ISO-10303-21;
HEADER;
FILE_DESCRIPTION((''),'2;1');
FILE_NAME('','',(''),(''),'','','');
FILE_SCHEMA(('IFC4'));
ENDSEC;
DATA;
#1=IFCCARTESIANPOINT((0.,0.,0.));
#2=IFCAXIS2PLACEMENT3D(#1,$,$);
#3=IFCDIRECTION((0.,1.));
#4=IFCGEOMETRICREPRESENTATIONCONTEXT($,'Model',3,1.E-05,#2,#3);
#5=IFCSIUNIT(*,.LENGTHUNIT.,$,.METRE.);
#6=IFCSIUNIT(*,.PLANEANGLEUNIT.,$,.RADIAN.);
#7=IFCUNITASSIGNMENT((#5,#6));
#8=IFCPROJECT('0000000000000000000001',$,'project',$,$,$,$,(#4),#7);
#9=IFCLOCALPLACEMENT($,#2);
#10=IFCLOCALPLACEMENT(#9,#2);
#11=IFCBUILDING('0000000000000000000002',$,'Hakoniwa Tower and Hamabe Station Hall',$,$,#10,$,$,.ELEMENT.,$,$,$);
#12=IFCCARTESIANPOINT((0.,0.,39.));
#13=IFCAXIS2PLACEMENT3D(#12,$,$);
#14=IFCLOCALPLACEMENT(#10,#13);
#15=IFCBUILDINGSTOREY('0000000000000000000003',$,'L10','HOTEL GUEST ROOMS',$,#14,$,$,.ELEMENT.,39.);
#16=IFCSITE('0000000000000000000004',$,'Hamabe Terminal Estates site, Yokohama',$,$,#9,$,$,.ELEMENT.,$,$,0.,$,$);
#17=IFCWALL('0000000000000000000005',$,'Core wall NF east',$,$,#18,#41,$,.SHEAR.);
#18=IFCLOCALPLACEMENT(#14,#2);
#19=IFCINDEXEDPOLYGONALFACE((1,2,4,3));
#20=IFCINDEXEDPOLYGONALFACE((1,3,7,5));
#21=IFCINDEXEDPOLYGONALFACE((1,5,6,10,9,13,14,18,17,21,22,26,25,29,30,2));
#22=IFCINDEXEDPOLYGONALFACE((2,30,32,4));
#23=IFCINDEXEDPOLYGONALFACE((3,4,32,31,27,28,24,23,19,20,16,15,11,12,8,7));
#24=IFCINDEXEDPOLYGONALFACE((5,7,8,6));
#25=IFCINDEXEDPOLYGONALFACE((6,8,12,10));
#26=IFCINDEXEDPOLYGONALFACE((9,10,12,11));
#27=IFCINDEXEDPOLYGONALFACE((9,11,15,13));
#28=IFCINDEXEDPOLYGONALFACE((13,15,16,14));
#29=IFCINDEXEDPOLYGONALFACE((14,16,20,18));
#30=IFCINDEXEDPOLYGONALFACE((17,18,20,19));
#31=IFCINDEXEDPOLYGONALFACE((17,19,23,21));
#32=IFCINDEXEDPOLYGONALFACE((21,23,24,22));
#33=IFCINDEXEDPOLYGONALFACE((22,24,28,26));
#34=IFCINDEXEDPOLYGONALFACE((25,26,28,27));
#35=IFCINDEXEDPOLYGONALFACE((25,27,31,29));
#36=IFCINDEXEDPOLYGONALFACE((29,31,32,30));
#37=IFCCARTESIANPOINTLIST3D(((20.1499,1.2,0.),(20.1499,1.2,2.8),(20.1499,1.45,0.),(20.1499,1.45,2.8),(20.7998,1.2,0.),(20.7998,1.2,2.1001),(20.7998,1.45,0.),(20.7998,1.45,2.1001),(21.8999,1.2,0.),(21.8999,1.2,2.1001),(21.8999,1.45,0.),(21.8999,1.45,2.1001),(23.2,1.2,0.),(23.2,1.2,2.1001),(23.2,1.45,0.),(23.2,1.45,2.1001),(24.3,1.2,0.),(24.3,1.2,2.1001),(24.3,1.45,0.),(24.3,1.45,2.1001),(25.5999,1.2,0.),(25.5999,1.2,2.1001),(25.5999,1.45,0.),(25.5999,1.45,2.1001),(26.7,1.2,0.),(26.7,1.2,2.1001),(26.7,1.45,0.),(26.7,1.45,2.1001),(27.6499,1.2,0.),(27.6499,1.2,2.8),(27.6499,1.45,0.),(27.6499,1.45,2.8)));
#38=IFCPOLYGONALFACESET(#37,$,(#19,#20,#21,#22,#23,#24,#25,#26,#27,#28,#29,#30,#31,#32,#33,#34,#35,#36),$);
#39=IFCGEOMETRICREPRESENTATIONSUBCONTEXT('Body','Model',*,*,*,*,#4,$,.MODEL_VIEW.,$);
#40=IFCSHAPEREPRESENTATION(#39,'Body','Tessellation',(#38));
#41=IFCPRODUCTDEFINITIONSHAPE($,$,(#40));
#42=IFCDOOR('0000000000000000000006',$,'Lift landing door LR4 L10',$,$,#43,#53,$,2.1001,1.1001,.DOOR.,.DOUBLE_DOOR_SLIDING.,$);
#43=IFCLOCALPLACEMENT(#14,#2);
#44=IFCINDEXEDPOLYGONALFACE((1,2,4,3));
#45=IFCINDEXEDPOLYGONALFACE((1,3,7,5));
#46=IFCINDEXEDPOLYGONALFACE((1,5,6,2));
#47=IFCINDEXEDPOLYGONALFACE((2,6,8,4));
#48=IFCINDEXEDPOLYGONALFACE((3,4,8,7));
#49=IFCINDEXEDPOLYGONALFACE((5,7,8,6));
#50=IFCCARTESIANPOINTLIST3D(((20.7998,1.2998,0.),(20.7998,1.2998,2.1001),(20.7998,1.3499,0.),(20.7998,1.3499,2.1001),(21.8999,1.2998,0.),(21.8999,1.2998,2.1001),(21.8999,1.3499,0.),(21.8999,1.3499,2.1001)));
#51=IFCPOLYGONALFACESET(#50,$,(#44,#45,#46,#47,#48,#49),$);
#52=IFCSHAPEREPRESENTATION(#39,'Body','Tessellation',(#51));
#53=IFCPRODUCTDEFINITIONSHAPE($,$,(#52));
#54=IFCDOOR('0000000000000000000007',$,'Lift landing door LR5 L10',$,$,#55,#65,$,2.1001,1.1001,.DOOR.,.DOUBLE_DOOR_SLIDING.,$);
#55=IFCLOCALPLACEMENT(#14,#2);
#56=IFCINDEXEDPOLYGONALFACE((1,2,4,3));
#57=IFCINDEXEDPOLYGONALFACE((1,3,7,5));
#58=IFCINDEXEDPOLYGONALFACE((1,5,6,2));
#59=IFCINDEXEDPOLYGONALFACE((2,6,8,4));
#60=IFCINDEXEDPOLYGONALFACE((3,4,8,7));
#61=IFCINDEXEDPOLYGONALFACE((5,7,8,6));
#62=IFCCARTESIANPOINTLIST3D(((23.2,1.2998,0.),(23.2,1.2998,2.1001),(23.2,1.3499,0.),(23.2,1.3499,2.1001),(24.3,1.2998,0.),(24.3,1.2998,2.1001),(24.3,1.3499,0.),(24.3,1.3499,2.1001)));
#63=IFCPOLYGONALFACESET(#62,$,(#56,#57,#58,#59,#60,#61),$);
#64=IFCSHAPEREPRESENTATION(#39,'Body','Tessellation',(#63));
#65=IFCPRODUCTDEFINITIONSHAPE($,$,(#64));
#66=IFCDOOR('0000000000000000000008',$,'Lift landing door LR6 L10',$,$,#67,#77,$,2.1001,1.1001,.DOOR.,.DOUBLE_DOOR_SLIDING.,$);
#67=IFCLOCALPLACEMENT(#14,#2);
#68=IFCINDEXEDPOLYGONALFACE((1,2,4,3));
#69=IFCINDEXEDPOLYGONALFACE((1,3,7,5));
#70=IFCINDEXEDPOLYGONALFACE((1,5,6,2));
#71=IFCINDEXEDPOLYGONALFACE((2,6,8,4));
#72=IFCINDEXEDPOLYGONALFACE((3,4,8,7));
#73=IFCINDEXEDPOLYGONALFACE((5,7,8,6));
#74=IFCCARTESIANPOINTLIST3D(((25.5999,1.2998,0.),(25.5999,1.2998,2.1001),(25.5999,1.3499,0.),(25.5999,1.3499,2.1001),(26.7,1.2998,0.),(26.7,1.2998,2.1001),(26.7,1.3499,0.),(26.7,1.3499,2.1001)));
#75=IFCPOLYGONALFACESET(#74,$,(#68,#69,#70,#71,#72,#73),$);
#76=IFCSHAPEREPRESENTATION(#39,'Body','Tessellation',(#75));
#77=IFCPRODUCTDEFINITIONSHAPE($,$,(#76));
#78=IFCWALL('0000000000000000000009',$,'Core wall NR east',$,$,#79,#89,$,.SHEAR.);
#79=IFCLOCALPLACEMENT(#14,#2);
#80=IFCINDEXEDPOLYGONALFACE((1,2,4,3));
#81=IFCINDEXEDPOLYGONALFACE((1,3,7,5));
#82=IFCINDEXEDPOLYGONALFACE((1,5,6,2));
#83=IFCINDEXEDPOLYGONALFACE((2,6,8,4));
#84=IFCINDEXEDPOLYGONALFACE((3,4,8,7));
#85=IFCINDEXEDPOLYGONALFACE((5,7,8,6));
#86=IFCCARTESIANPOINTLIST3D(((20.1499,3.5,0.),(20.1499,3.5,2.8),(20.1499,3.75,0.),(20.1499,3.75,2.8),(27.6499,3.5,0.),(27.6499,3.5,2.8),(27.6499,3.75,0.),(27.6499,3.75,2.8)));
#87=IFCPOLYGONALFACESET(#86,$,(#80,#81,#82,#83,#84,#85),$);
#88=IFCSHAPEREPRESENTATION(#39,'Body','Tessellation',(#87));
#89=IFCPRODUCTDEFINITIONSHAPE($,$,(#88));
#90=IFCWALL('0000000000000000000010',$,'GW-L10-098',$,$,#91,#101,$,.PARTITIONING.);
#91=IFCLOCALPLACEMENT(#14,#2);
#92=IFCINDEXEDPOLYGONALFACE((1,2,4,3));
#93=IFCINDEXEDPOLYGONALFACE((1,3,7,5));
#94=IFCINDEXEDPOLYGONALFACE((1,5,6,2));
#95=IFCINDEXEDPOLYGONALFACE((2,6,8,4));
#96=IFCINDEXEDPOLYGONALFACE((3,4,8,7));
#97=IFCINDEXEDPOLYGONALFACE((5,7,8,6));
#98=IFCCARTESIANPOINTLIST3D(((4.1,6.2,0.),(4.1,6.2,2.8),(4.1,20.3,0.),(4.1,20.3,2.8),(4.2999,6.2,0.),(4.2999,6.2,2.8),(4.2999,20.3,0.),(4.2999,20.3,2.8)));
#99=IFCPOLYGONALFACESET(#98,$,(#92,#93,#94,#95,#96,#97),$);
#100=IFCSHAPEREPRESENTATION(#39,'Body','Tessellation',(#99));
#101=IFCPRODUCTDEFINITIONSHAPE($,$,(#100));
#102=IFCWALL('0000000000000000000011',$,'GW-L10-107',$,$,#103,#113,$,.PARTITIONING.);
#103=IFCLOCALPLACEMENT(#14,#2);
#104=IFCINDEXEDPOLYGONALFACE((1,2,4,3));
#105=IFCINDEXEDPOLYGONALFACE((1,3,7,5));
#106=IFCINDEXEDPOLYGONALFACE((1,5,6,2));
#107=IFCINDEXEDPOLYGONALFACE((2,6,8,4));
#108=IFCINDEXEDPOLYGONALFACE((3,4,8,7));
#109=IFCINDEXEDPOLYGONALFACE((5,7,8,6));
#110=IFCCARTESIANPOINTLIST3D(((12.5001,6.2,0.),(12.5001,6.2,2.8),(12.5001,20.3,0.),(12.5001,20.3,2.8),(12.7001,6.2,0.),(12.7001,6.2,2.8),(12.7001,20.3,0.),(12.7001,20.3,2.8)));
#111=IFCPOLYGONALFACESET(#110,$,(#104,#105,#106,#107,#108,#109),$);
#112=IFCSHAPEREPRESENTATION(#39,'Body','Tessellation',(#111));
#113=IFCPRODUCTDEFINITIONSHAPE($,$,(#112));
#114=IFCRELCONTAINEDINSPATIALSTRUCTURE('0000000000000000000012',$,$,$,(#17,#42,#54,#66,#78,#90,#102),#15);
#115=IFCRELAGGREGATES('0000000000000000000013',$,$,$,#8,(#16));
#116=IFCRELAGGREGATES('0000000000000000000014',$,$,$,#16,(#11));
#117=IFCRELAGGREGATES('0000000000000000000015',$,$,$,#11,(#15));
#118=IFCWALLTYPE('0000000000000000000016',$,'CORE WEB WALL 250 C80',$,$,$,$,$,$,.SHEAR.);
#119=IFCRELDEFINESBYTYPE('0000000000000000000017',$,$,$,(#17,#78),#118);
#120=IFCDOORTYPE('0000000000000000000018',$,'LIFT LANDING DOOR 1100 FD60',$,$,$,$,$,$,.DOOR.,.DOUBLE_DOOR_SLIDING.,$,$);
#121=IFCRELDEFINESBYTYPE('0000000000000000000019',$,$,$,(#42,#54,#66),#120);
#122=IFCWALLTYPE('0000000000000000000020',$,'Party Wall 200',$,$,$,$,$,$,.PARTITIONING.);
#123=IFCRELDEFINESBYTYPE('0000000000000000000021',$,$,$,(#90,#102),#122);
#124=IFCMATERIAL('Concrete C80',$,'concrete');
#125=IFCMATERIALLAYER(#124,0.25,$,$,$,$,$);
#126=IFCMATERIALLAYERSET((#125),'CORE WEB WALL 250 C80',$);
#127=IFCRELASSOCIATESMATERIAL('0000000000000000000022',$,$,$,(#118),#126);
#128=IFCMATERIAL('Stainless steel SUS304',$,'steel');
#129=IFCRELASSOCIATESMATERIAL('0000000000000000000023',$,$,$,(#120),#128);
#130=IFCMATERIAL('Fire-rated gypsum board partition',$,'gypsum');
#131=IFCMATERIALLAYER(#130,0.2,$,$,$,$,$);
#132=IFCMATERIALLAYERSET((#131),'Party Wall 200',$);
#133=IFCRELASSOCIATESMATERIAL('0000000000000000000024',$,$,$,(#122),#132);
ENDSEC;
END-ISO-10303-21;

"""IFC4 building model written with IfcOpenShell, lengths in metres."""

from ifc_helpers import new_model, si_unit, direction, frame, frame_2d, origin, place, context, subcontext, project, spatial, rectangle, extrude, material, layer, layer_set, type_object, element, fill, save


model = new_model("IFC4")

# Units and contexts
model_context = context("Model", 3, precision=1e-05, world=origin(), true_north=direction((0.0, 1.0)))
body_context = subcontext(model_context, "Body", "Model", "MODEL_VIEW")
ifc_project = project(units=[si_unit("LENGTHUNIT", "METRE"), si_unit("PLANEANGLEUNIT", "RADIAN")], contexts=[model_context])

# Site, building, storey
site_placement = place(None, origin())
site = spatial("IfcSite", under=ifc_project, at=site_placement, Name="Hamabe Terminal Estates site, Yokohama", CompositionType="ELEMENT", RefElevation=0.0)
building_placement = place(site_placement, origin())
building = spatial("IfcBuilding", under=site, at=building_placement, Name="Hakoniwa Tower and Hamabe Station Hall", CompositionType="ELEMENT")
storey_placement = place(building_placement, frame((0.0, 0.0, 39.0)))
storey = spatial("IfcBuildingStorey", under=building, at=storey_placement, Name="L10", Description="HOTEL GUEST ROOMS", CompositionType="ELEMENT", Elevation=39.0)

# Shared definitions
ifc_material_1 = material(Name="Concrete C80", Category="concrete")
ifc_layer_1 = layer(ifc_material_1, 0.25)
ifc_layer_set_1 = layer_set([ifc_layer_1], Name="CORE WEB WALL 250 C80")
wall_type_1 = type_object("IfcWallType", Name="CORE WEB WALL 250 C80", PredefinedType="SHEAR", material=ifc_layer_set_1)

# Wall, openings, doors
wall_1_placement = place(storey_placement, frame((20.1499, 1.325, 0.0), z_axis=(0.0, 0.0, 1.0), x_axis=(1.0, 0.0, 0.0)))
wall_1 = element("IfcWall", 1, at=wall_1_placement, inside=storey, type_object=wall_type_1, Name="Core wall NF east", PredefinedType="SHEAR", context=body_context, shape_type="SweptSolid", body=[
    extrude(rectangle(XDim=7.5, YDim=0.25, at=frame_2d((3.75, 0.0))), origin(), (0.0, 0.0, 1.0), 2.8),
])
opening_1_placement = place(wall_1_placement, frame((0.6499, 0.0, 0.0)))
opening_1 = element("IfcOpeningElement", 2, at=opening_1_placement, cuts=wall_1, PredefinedType="OPENING", context=body_context, shape_type="SweptSolid", body=[
    extrude(rectangle(XDim=1.1001, YDim=2.1001, at=frame_2d((0.55, 1.05))), frame((0.0, 0.135, 0.0), z_axis=(0.0, -1.0, 0.0), x_axis=(1.0, 0.0, 0.0)), (0.0, 0.0, 1.0), 0.27),
])
opening_2_placement = place(wall_1_placement, frame((3.05, 0.0, 0.0)))
opening_2 = element("IfcOpeningElement", 3, at=opening_2_placement, cuts=wall_1, PredefinedType="OPENING", context=body_context, shape_type="SweptSolid", body=[
    extrude(rectangle(XDim=1.1001, YDim=2.1001, at=frame_2d((0.55, 1.05))), frame((0.0, 0.135, 0.0), z_axis=(0.0, -1.0, 0.0), x_axis=(1.0, 0.0, 0.0)), (0.0, 0.0, 1.0), 0.27),
])
opening_3_placement = place(wall_1_placement, frame((5.45, 0.0, 0.0)))
opening_3 = element("IfcOpeningElement", 4, at=opening_3_placement, cuts=wall_1, PredefinedType="OPENING", context=body_context, shape_type="SweptSolid", body=[
    extrude(rectangle(XDim=1.1001, YDim=2.1001, at=frame_2d((0.55, 1.05))), frame((0.0, 0.135, 0.0), z_axis=(0.0, -1.0, 0.0), x_axis=(1.0, 0.0, 0.0)), (0.0, 0.0, 1.0), 0.27),
])
ifc_material_2 = material(Name="Stainless steel SUS304", Category="steel")
door_type_1 = type_object("IfcDoorType", Name="LIFT LANDING DOOR 1100 FD60", OperationType="DOUBLE_DOOR_SLIDING", PredefinedType="DOOR", material=ifc_material_2)
door_1_placement = place(opening_1_placement, origin())
door_1 = element("IfcDoor", 5, at=door_1_placement, inside=storey, type_object=door_type_1, Name="Lift landing door LR4 L10", OperationType="DOUBLE_DOOR_SLIDING", OverallHeight=2.1001, OverallWidth=1.1001, PredefinedType="DOOR", context=body_context, shape_type="SweptSolid", body=[
    extrude(rectangle(XDim=1.1001, YDim=2.1001, at=frame_2d((0.55, 1.05))), frame((0.0, 0.0249, 0.0), z_axis=(0.0, -1.0, 0.0), x_axis=(1.0, 0.0, 0.0)), (0.0, 0.0, 1.0), 0.05),
])
fill(opening_1, door_1)
door_2_placement = place(opening_2_placement, origin())
door_2 = element("IfcDoor", 6, at=door_2_placement, inside=storey, type_object=door_type_1, Name="Lift landing door LR5 L10", OperationType="DOUBLE_DOOR_SLIDING", OverallHeight=2.1001, OverallWidth=1.1001, PredefinedType="DOOR", context=body_context, shape_type="SweptSolid", body=[
    extrude(rectangle(XDim=1.1001, YDim=2.1001, at=frame_2d((0.55, 1.05))), frame((0.0, 0.0249, 0.0), z_axis=(0.0, -1.0, 0.0), x_axis=(1.0, 0.0, 0.0)), (0.0, 0.0, 1.0), 0.05),
])
fill(opening_2, door_2)
door_3_placement = place(opening_3_placement, origin())
door_3 = element("IfcDoor", 7, at=door_3_placement, inside=storey, type_object=door_type_1, Name="Lift landing door LR6 L10", OperationType="DOUBLE_DOOR_SLIDING", OverallHeight=2.1001, OverallWidth=1.1001, PredefinedType="DOOR", context=body_context, shape_type="SweptSolid", body=[
    extrude(rectangle(XDim=1.1001, YDim=2.1001, at=frame_2d((0.55, 1.05))), frame((0.0, 0.0249, 0.0), z_axis=(0.0, -1.0, 0.0), x_axis=(1.0, 0.0, 0.0)), (0.0, 0.0, 1.0), 0.05),
])
fill(opening_3, door_3)

# Walls
wall_2_placement = place(storey_placement, frame((20.1499, 3.625, 0.0), z_axis=(0.0, 0.0, 1.0), x_axis=(1.0, 0.0, 0.0)))
element("IfcWall", 8, at=wall_2_placement, inside=storey, type_object=wall_type_1, Name="Core wall NR east", PredefinedType="SHEAR", context=body_context, shape_type="SweptSolid", body=[
    extrude(rectangle(XDim=7.5, YDim=0.25, at=frame_2d((3.75, 0.0))), origin(), (0.0, 0.0, 1.0), 2.8),
])
ifc_material_3 = material(Name="Fire-rated gypsum board partition", Category="gypsum")
ifc_layer_2 = layer(ifc_material_3, 0.2)
ifc_layer_set_2 = layer_set([ifc_layer_2], Name="Party Wall 200")
wall_type_2 = type_object("IfcWallType", Name="Party Wall 200", PredefinedType="PARTITIONING", material=ifc_layer_set_2)
for number, where, z_axis, x_axis, name in (
    (9, (4.2, 6.2, 0.0), (0.0, 0.0, 1.0), (0.0, 1.0, 0.0), "GW-L10-098"),
    (10, (12.6001, 6.2, 0.0), (0.0, 0.0, 1.0), (0.0, 1.0, 0.0), "GW-L10-107"),
):
    element("IfcWall", number, at=place(storey_placement, frame(where, z_axis=z_axis, x_axis=x_axis)), inside=storey, type_object=wall_type_2, Name=name, PredefinedType="PARTITIONING", context=body_context, shape_type="SweptSolid", body=[
        extrude(rectangle(XDim=14.1001, YDim=0.2, at=frame_2d((7.05, 0.0))), origin(), (0.0, 0.0, 1.0), 2.8),
    ])

save(model, "model.ifc")
